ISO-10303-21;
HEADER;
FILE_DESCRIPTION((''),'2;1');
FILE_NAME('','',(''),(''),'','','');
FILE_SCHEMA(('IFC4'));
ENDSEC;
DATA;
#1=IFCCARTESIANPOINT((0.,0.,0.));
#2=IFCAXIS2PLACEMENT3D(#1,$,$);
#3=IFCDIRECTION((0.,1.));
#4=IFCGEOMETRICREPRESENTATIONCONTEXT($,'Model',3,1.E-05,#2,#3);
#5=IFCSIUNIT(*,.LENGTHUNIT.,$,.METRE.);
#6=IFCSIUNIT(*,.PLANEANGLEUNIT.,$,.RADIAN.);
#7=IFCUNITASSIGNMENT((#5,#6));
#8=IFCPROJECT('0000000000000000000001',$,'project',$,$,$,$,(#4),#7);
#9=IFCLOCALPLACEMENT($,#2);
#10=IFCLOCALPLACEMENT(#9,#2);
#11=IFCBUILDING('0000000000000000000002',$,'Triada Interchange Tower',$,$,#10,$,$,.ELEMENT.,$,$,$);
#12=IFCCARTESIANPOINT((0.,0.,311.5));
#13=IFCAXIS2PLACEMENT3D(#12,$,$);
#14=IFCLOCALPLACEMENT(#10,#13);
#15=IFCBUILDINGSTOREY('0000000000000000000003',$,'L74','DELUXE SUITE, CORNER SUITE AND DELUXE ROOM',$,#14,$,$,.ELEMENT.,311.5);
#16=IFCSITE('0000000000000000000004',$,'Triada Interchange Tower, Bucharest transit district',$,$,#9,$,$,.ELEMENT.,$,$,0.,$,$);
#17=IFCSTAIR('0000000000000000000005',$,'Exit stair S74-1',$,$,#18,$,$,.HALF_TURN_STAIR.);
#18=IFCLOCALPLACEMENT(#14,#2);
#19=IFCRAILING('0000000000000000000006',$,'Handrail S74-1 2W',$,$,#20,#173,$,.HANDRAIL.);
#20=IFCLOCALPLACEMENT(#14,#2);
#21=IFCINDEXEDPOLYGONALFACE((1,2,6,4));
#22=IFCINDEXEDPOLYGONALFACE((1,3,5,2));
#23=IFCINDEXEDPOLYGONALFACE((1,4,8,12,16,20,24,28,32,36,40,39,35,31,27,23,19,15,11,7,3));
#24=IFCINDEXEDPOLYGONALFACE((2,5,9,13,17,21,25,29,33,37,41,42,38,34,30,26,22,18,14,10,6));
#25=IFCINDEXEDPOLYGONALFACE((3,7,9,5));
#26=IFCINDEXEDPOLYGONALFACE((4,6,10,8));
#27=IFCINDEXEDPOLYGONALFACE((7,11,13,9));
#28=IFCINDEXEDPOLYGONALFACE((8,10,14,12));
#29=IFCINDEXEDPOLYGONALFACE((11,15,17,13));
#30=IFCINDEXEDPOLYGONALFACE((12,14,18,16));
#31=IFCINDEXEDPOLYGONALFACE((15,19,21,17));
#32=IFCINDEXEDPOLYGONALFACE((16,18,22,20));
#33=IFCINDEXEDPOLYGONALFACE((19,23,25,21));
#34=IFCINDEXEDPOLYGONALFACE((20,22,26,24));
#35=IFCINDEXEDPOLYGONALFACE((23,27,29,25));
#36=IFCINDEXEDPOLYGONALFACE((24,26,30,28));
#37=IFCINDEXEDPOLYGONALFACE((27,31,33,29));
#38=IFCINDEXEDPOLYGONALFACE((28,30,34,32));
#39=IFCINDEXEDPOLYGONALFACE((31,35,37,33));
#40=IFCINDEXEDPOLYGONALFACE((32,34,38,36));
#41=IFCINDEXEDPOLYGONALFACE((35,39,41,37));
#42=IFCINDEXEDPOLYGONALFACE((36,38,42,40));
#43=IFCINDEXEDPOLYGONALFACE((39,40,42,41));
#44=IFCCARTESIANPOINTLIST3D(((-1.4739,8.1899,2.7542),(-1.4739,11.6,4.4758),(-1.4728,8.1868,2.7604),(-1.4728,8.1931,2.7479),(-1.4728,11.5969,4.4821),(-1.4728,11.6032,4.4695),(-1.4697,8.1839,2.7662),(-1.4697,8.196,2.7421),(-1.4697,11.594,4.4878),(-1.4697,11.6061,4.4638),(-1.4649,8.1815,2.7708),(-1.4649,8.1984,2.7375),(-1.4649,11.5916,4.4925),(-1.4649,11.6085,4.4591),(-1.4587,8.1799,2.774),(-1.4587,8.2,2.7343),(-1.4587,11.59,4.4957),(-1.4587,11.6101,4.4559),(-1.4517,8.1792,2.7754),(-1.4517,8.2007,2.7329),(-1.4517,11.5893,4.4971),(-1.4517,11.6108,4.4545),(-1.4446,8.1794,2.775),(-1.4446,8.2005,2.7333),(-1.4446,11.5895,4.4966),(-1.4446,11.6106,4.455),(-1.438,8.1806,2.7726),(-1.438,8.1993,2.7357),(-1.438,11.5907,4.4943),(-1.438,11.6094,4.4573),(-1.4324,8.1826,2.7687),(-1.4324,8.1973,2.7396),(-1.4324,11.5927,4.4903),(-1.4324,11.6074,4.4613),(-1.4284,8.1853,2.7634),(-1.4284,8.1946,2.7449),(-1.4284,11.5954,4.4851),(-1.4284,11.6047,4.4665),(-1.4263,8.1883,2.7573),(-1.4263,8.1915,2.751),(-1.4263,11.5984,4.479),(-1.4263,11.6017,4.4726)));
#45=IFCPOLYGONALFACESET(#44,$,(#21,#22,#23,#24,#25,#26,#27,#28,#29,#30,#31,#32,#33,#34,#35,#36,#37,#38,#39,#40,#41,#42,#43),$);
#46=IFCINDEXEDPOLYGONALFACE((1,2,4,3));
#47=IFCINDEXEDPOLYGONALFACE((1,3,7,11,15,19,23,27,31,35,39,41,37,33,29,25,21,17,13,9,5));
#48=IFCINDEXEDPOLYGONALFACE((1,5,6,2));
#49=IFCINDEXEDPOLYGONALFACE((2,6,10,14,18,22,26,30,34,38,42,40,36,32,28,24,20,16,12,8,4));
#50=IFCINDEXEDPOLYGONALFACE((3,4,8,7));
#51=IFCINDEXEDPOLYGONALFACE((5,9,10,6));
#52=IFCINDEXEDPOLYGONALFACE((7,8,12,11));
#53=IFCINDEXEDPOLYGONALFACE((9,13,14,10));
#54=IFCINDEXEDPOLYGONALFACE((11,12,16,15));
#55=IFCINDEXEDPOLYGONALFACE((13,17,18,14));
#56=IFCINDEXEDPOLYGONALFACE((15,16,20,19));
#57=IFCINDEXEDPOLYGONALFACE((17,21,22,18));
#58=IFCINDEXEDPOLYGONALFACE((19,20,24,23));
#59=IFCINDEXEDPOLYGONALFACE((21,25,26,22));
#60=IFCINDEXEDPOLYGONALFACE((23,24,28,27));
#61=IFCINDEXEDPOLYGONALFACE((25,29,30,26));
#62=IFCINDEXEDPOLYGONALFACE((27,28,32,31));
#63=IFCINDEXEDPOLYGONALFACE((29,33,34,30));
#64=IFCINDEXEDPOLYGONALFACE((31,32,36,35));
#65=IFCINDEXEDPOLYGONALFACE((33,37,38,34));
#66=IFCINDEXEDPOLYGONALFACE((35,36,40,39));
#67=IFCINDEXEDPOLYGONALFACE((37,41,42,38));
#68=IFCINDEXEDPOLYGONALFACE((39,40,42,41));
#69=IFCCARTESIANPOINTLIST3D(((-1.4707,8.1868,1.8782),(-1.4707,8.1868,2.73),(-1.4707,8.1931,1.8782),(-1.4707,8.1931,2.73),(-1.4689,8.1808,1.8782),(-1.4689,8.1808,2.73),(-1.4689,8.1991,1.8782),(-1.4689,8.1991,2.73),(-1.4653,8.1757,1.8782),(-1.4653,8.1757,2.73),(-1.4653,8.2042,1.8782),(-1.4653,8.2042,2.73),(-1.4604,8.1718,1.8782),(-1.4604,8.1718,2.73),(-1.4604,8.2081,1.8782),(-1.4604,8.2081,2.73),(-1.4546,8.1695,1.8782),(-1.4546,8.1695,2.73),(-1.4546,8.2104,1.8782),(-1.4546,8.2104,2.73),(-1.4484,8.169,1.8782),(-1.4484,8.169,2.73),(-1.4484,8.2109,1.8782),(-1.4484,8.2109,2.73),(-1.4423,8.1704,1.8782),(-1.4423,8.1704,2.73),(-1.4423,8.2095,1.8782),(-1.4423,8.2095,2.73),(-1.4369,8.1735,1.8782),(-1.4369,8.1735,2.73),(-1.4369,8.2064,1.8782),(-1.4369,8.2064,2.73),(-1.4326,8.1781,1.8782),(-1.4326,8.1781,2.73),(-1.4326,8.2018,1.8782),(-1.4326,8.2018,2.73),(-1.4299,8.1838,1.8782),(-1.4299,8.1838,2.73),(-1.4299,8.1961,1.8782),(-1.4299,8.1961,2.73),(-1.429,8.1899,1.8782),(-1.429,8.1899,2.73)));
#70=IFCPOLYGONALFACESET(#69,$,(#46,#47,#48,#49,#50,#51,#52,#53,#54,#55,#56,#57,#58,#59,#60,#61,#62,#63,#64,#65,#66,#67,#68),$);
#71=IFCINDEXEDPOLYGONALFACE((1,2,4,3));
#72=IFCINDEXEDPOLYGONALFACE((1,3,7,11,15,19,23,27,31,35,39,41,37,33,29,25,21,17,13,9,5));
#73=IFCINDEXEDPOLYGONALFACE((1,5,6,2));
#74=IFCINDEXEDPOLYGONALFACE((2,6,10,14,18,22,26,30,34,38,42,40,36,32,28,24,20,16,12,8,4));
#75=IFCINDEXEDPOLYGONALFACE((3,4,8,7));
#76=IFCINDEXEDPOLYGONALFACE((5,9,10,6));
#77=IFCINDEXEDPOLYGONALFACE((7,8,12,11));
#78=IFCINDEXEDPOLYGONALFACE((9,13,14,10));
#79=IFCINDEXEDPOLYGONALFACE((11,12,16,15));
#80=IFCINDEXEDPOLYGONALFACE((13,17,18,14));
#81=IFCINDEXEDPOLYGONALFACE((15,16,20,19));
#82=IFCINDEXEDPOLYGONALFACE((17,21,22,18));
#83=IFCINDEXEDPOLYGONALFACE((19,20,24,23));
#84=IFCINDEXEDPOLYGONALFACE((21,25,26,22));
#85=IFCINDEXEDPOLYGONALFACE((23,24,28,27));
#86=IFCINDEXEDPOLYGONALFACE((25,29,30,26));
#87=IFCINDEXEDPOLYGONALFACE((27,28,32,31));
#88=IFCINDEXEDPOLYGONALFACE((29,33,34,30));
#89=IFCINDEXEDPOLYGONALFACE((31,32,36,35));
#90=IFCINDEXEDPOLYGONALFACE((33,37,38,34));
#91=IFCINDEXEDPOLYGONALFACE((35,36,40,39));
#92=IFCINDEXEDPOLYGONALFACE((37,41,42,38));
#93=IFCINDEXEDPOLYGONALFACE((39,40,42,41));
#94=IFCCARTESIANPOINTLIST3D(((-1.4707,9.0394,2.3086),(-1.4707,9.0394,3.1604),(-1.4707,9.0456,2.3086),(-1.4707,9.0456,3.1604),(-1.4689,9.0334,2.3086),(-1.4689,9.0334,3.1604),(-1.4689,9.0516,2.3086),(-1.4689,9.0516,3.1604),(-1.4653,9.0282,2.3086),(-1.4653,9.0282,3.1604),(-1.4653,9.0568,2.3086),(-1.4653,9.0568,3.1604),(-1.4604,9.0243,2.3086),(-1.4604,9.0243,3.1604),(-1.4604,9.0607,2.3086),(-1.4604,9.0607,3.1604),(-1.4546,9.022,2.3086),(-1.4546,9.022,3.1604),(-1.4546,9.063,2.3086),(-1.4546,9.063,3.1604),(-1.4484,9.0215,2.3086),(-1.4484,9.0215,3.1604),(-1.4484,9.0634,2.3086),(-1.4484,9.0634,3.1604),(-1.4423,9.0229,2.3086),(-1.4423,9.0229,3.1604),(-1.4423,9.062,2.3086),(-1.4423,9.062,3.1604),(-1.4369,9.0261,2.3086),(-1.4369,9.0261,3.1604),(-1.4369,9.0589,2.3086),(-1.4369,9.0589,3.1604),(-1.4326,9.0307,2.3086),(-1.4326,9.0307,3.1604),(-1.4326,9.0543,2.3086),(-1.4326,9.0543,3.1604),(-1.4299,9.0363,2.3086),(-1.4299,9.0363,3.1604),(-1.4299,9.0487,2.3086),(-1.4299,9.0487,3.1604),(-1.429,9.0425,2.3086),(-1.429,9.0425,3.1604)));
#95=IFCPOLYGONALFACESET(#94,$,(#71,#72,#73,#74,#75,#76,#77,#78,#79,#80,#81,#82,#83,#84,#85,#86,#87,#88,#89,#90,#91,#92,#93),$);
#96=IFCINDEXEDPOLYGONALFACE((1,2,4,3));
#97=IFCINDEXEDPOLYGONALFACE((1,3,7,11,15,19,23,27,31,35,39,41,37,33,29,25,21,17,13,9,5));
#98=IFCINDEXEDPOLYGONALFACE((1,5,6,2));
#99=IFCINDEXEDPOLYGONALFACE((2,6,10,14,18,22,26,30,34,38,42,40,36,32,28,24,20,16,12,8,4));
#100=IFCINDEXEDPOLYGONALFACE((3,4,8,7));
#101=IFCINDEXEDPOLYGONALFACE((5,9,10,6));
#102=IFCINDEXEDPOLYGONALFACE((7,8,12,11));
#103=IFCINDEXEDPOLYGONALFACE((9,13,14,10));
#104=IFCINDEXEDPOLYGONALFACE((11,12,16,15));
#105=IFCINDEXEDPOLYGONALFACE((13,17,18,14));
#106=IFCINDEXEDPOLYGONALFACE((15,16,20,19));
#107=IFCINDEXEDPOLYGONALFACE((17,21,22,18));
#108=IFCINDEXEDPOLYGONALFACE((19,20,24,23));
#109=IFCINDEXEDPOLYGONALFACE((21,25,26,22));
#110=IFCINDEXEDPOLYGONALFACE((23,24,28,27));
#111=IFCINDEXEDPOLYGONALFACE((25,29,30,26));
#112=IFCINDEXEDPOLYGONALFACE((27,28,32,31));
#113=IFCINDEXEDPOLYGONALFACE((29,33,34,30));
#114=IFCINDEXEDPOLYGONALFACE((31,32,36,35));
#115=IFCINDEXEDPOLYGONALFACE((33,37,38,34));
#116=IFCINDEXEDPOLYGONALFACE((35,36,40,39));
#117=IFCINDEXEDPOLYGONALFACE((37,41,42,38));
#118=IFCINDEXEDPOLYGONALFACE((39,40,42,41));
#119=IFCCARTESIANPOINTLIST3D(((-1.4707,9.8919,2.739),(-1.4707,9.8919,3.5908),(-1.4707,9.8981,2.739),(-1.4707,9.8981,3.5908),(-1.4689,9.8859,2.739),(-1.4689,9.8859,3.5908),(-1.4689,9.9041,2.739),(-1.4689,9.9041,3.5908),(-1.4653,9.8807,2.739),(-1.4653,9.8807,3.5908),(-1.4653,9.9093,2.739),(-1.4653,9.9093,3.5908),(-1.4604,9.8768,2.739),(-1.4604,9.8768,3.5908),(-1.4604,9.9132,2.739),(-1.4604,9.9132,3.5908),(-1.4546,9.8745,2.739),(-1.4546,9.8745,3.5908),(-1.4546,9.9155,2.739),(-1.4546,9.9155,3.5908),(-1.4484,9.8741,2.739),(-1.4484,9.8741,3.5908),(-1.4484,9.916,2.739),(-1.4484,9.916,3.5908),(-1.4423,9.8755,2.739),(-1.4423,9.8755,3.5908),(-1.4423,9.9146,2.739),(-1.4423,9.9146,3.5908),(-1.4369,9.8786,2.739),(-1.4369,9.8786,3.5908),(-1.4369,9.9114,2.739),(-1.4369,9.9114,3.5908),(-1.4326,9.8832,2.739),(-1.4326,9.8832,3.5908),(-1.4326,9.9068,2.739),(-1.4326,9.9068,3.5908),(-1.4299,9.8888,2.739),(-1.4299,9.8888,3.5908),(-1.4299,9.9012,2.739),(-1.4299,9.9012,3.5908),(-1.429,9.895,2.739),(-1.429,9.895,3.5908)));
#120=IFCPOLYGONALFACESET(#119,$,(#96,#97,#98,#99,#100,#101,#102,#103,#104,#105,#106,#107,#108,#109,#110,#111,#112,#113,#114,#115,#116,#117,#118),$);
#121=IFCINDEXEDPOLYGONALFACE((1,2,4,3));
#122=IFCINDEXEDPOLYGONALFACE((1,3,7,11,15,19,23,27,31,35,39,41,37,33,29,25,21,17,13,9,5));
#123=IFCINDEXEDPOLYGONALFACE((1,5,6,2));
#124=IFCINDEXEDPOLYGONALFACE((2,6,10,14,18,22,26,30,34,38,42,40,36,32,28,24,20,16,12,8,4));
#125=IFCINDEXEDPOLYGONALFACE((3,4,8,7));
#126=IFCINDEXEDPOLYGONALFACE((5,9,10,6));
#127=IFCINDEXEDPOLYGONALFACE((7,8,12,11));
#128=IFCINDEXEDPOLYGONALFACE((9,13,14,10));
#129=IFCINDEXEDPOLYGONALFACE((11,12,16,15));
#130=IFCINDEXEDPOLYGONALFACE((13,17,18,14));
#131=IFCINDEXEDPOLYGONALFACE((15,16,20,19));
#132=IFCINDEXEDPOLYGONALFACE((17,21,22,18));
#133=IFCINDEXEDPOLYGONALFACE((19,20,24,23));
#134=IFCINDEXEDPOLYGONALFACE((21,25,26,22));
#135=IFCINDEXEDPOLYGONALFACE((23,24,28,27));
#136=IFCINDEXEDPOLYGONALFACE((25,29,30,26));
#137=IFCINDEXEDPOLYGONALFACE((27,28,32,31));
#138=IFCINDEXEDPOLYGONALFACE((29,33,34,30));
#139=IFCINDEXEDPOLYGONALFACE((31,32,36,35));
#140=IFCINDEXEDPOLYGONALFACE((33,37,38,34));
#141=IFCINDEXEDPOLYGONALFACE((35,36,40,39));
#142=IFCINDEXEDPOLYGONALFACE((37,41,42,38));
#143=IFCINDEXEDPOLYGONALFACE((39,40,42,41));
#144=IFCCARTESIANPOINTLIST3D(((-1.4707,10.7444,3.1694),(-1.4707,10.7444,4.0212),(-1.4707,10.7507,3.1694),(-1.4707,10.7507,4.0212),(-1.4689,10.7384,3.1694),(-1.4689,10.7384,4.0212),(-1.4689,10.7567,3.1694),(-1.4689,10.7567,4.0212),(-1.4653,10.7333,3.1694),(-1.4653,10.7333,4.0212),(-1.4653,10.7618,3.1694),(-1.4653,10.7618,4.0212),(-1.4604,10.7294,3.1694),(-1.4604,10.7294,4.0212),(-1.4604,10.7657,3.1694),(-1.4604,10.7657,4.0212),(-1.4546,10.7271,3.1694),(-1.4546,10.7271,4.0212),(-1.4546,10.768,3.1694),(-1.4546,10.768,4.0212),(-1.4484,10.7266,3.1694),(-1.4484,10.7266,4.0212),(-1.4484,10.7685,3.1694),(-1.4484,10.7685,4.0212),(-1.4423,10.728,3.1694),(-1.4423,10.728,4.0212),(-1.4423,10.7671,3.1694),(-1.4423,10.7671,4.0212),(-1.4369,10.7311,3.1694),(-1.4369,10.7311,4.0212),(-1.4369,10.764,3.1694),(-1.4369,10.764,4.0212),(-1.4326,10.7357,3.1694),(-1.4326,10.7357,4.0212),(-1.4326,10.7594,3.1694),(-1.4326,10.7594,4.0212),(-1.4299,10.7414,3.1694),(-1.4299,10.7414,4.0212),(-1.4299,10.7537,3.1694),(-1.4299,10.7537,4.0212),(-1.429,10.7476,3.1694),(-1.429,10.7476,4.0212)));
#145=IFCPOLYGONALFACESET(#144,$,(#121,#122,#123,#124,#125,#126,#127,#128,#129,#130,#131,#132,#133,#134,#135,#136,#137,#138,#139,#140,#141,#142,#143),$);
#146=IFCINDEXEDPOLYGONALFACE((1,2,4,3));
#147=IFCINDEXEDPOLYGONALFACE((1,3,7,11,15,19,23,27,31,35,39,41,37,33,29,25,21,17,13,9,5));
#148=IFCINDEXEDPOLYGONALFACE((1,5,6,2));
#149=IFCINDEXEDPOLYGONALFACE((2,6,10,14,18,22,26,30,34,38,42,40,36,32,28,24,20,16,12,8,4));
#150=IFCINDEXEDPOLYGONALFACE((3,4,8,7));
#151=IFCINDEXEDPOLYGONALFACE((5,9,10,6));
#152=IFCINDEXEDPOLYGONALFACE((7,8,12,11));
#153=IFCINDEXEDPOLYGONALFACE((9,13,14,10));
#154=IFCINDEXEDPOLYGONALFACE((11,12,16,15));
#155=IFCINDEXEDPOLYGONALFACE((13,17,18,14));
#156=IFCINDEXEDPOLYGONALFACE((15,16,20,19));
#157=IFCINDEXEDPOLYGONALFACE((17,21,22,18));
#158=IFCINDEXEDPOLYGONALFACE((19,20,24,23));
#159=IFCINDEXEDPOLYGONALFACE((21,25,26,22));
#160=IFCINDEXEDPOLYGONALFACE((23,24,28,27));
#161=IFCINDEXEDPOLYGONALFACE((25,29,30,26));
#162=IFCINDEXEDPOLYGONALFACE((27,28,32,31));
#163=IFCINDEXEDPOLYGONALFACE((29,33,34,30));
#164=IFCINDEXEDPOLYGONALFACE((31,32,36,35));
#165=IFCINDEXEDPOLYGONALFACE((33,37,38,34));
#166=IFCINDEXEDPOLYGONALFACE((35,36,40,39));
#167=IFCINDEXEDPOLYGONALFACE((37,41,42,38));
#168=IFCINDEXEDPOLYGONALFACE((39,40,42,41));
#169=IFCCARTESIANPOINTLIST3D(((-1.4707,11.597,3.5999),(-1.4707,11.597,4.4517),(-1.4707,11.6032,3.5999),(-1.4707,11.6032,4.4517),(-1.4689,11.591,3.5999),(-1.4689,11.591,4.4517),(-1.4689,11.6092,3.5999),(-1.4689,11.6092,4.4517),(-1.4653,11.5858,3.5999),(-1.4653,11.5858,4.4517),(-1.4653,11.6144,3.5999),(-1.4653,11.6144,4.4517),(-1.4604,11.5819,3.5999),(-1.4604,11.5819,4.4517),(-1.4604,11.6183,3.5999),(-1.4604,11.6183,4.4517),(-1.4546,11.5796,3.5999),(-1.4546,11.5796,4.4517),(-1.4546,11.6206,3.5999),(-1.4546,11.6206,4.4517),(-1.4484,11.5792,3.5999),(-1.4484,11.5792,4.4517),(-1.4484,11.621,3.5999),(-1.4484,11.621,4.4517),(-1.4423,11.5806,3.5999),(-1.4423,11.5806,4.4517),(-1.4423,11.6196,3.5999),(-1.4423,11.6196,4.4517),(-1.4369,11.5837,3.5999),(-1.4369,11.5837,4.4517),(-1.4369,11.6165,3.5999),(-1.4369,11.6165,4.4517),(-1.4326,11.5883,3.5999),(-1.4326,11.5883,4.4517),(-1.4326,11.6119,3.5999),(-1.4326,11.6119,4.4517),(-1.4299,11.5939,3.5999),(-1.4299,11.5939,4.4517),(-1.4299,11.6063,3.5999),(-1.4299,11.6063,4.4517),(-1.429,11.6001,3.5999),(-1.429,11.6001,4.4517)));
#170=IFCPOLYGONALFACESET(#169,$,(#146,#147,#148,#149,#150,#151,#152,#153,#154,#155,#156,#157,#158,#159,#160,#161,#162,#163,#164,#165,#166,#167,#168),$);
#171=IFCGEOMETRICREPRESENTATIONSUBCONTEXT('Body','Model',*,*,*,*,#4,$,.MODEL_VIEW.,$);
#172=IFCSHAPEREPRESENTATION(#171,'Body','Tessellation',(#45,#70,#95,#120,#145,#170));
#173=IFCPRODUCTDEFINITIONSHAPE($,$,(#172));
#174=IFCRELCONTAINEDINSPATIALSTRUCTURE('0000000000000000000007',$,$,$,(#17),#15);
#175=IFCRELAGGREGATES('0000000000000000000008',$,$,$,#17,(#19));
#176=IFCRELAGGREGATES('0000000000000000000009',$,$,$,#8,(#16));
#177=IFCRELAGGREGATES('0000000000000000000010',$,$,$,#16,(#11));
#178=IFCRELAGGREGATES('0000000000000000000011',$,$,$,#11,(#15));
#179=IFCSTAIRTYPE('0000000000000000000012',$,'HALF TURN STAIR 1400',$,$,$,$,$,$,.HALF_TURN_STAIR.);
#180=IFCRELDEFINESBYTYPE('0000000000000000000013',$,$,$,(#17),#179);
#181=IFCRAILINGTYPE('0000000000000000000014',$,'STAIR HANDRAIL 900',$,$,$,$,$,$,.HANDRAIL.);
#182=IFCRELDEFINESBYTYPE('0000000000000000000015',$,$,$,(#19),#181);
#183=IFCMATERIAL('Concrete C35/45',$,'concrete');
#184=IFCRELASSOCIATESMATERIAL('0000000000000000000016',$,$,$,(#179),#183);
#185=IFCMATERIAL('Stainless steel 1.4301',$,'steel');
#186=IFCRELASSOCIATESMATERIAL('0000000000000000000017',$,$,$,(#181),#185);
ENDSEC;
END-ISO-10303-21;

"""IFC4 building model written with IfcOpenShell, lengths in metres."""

from ifc_helpers import new_model, si_unit, direction, frame, origin, origin_2d, place, context, subcontext, project, spatial, circle, extrude, material, type_object, element, aggregate, save


model = new_model("IFC4")

# Units and contexts
model_context = context("Model", 3, precision=1e-05, world=origin(), true_north=direction((0.0, 1.0)))
body_context = subcontext(model_context, "Body", "Model", "MODEL_VIEW")
ifc_project = project(units=[si_unit("LENGTHUNIT", "METRE"), si_unit("PLANEANGLEUNIT", "RADIAN")], contexts=[model_context])

# Site, building, storey
site_placement = place(None, origin())
site = spatial("IfcSite", under=ifc_project, at=site_placement, Name="Triada Interchange Tower, Bucharest transit district", CompositionType="ELEMENT", RefElevation=0.0)
building_placement = place(site_placement, origin())
building = spatial("IfcBuilding", under=site, at=building_placement, Name="Triada Interchange Tower", CompositionType="ELEMENT")
storey_placement = place(building_placement, frame((0.0, 0.0, 311.5)))
storey = spatial("IfcBuildingStorey", under=building, at=storey_placement, Name="L74", Description="DELUXE SUITE, CORNER SUITE AND DELUXE ROOM", CompositionType="ELEMENT", Elevation=311.5)

# Stair
ifc_material_1 = material(Name="Concrete C35/45", Category="concrete")
stair_type = type_object("IfcStairType", Name="HALF TURN STAIR 1400", PredefinedType="HALF_TURN_STAIR", material=ifc_material_1)
stair_placement = place(storey_placement, origin())
stair = element("IfcStair", 1, at=stair_placement, inside=storey, type_object=stair_type, Name="Exit stair S74-1", PredefinedType="HALF_TURN_STAIR")

# Railing
ifc_material_2 = material(Name="Stainless steel 1.4301", Category="steel")
railing_type = type_object("IfcRailingType", Name="STAIR HANDRAIL 900", PredefinedType="HANDRAIL", material=ifc_material_2)
railing_1_placement = place(storey_placement, frame((-1.45, 8.1899, 1.8782)))
railing_1 = element("IfcRailing", 2, at=railing_1_placement, type_object=railing_type, Name="Handrail S74-1 2W", PredefinedType="HANDRAIL", context=body_context, shape_type="SweptSolid", body=[
    extrude(circle(Radius=0.0239, at=origin_2d()), frame((0.0, 0.0, 0.876), z_axis=(0.0, 0.892682, 0.450687), x_axis=(-1.0, 0.0, 0.0)), (0.0, 0.0, 1.0), 3.8201),
    extrude(circle(Radius=0.021, at=origin_2d()), origin(), (0.0, 0.0, 1.0), 0.8518),
    extrude(circle(Radius=0.021, at=origin_2d()), frame((0.0, 0.8525, 0.4304)), (0.0, 0.0, 1.0), 0.8518),
    extrude(circle(Radius=0.021, at=origin_2d()), frame((0.0, 1.7051, 0.8608)), (0.0, 0.0, 1.0), 0.8518),
    extrude(circle(Radius=0.021, at=origin_2d()), frame((0.0, 2.5576, 1.2913)), (0.0, 0.0, 1.0), 0.8518),
    extrude(circle(Radius=0.021, at=origin_2d()), frame((0.0, 3.4102, 1.7217)), (0.0, 0.0, 1.0), 0.8518),
])
aggregate(stair, [railing_1])

save(model, "model.ifc")
